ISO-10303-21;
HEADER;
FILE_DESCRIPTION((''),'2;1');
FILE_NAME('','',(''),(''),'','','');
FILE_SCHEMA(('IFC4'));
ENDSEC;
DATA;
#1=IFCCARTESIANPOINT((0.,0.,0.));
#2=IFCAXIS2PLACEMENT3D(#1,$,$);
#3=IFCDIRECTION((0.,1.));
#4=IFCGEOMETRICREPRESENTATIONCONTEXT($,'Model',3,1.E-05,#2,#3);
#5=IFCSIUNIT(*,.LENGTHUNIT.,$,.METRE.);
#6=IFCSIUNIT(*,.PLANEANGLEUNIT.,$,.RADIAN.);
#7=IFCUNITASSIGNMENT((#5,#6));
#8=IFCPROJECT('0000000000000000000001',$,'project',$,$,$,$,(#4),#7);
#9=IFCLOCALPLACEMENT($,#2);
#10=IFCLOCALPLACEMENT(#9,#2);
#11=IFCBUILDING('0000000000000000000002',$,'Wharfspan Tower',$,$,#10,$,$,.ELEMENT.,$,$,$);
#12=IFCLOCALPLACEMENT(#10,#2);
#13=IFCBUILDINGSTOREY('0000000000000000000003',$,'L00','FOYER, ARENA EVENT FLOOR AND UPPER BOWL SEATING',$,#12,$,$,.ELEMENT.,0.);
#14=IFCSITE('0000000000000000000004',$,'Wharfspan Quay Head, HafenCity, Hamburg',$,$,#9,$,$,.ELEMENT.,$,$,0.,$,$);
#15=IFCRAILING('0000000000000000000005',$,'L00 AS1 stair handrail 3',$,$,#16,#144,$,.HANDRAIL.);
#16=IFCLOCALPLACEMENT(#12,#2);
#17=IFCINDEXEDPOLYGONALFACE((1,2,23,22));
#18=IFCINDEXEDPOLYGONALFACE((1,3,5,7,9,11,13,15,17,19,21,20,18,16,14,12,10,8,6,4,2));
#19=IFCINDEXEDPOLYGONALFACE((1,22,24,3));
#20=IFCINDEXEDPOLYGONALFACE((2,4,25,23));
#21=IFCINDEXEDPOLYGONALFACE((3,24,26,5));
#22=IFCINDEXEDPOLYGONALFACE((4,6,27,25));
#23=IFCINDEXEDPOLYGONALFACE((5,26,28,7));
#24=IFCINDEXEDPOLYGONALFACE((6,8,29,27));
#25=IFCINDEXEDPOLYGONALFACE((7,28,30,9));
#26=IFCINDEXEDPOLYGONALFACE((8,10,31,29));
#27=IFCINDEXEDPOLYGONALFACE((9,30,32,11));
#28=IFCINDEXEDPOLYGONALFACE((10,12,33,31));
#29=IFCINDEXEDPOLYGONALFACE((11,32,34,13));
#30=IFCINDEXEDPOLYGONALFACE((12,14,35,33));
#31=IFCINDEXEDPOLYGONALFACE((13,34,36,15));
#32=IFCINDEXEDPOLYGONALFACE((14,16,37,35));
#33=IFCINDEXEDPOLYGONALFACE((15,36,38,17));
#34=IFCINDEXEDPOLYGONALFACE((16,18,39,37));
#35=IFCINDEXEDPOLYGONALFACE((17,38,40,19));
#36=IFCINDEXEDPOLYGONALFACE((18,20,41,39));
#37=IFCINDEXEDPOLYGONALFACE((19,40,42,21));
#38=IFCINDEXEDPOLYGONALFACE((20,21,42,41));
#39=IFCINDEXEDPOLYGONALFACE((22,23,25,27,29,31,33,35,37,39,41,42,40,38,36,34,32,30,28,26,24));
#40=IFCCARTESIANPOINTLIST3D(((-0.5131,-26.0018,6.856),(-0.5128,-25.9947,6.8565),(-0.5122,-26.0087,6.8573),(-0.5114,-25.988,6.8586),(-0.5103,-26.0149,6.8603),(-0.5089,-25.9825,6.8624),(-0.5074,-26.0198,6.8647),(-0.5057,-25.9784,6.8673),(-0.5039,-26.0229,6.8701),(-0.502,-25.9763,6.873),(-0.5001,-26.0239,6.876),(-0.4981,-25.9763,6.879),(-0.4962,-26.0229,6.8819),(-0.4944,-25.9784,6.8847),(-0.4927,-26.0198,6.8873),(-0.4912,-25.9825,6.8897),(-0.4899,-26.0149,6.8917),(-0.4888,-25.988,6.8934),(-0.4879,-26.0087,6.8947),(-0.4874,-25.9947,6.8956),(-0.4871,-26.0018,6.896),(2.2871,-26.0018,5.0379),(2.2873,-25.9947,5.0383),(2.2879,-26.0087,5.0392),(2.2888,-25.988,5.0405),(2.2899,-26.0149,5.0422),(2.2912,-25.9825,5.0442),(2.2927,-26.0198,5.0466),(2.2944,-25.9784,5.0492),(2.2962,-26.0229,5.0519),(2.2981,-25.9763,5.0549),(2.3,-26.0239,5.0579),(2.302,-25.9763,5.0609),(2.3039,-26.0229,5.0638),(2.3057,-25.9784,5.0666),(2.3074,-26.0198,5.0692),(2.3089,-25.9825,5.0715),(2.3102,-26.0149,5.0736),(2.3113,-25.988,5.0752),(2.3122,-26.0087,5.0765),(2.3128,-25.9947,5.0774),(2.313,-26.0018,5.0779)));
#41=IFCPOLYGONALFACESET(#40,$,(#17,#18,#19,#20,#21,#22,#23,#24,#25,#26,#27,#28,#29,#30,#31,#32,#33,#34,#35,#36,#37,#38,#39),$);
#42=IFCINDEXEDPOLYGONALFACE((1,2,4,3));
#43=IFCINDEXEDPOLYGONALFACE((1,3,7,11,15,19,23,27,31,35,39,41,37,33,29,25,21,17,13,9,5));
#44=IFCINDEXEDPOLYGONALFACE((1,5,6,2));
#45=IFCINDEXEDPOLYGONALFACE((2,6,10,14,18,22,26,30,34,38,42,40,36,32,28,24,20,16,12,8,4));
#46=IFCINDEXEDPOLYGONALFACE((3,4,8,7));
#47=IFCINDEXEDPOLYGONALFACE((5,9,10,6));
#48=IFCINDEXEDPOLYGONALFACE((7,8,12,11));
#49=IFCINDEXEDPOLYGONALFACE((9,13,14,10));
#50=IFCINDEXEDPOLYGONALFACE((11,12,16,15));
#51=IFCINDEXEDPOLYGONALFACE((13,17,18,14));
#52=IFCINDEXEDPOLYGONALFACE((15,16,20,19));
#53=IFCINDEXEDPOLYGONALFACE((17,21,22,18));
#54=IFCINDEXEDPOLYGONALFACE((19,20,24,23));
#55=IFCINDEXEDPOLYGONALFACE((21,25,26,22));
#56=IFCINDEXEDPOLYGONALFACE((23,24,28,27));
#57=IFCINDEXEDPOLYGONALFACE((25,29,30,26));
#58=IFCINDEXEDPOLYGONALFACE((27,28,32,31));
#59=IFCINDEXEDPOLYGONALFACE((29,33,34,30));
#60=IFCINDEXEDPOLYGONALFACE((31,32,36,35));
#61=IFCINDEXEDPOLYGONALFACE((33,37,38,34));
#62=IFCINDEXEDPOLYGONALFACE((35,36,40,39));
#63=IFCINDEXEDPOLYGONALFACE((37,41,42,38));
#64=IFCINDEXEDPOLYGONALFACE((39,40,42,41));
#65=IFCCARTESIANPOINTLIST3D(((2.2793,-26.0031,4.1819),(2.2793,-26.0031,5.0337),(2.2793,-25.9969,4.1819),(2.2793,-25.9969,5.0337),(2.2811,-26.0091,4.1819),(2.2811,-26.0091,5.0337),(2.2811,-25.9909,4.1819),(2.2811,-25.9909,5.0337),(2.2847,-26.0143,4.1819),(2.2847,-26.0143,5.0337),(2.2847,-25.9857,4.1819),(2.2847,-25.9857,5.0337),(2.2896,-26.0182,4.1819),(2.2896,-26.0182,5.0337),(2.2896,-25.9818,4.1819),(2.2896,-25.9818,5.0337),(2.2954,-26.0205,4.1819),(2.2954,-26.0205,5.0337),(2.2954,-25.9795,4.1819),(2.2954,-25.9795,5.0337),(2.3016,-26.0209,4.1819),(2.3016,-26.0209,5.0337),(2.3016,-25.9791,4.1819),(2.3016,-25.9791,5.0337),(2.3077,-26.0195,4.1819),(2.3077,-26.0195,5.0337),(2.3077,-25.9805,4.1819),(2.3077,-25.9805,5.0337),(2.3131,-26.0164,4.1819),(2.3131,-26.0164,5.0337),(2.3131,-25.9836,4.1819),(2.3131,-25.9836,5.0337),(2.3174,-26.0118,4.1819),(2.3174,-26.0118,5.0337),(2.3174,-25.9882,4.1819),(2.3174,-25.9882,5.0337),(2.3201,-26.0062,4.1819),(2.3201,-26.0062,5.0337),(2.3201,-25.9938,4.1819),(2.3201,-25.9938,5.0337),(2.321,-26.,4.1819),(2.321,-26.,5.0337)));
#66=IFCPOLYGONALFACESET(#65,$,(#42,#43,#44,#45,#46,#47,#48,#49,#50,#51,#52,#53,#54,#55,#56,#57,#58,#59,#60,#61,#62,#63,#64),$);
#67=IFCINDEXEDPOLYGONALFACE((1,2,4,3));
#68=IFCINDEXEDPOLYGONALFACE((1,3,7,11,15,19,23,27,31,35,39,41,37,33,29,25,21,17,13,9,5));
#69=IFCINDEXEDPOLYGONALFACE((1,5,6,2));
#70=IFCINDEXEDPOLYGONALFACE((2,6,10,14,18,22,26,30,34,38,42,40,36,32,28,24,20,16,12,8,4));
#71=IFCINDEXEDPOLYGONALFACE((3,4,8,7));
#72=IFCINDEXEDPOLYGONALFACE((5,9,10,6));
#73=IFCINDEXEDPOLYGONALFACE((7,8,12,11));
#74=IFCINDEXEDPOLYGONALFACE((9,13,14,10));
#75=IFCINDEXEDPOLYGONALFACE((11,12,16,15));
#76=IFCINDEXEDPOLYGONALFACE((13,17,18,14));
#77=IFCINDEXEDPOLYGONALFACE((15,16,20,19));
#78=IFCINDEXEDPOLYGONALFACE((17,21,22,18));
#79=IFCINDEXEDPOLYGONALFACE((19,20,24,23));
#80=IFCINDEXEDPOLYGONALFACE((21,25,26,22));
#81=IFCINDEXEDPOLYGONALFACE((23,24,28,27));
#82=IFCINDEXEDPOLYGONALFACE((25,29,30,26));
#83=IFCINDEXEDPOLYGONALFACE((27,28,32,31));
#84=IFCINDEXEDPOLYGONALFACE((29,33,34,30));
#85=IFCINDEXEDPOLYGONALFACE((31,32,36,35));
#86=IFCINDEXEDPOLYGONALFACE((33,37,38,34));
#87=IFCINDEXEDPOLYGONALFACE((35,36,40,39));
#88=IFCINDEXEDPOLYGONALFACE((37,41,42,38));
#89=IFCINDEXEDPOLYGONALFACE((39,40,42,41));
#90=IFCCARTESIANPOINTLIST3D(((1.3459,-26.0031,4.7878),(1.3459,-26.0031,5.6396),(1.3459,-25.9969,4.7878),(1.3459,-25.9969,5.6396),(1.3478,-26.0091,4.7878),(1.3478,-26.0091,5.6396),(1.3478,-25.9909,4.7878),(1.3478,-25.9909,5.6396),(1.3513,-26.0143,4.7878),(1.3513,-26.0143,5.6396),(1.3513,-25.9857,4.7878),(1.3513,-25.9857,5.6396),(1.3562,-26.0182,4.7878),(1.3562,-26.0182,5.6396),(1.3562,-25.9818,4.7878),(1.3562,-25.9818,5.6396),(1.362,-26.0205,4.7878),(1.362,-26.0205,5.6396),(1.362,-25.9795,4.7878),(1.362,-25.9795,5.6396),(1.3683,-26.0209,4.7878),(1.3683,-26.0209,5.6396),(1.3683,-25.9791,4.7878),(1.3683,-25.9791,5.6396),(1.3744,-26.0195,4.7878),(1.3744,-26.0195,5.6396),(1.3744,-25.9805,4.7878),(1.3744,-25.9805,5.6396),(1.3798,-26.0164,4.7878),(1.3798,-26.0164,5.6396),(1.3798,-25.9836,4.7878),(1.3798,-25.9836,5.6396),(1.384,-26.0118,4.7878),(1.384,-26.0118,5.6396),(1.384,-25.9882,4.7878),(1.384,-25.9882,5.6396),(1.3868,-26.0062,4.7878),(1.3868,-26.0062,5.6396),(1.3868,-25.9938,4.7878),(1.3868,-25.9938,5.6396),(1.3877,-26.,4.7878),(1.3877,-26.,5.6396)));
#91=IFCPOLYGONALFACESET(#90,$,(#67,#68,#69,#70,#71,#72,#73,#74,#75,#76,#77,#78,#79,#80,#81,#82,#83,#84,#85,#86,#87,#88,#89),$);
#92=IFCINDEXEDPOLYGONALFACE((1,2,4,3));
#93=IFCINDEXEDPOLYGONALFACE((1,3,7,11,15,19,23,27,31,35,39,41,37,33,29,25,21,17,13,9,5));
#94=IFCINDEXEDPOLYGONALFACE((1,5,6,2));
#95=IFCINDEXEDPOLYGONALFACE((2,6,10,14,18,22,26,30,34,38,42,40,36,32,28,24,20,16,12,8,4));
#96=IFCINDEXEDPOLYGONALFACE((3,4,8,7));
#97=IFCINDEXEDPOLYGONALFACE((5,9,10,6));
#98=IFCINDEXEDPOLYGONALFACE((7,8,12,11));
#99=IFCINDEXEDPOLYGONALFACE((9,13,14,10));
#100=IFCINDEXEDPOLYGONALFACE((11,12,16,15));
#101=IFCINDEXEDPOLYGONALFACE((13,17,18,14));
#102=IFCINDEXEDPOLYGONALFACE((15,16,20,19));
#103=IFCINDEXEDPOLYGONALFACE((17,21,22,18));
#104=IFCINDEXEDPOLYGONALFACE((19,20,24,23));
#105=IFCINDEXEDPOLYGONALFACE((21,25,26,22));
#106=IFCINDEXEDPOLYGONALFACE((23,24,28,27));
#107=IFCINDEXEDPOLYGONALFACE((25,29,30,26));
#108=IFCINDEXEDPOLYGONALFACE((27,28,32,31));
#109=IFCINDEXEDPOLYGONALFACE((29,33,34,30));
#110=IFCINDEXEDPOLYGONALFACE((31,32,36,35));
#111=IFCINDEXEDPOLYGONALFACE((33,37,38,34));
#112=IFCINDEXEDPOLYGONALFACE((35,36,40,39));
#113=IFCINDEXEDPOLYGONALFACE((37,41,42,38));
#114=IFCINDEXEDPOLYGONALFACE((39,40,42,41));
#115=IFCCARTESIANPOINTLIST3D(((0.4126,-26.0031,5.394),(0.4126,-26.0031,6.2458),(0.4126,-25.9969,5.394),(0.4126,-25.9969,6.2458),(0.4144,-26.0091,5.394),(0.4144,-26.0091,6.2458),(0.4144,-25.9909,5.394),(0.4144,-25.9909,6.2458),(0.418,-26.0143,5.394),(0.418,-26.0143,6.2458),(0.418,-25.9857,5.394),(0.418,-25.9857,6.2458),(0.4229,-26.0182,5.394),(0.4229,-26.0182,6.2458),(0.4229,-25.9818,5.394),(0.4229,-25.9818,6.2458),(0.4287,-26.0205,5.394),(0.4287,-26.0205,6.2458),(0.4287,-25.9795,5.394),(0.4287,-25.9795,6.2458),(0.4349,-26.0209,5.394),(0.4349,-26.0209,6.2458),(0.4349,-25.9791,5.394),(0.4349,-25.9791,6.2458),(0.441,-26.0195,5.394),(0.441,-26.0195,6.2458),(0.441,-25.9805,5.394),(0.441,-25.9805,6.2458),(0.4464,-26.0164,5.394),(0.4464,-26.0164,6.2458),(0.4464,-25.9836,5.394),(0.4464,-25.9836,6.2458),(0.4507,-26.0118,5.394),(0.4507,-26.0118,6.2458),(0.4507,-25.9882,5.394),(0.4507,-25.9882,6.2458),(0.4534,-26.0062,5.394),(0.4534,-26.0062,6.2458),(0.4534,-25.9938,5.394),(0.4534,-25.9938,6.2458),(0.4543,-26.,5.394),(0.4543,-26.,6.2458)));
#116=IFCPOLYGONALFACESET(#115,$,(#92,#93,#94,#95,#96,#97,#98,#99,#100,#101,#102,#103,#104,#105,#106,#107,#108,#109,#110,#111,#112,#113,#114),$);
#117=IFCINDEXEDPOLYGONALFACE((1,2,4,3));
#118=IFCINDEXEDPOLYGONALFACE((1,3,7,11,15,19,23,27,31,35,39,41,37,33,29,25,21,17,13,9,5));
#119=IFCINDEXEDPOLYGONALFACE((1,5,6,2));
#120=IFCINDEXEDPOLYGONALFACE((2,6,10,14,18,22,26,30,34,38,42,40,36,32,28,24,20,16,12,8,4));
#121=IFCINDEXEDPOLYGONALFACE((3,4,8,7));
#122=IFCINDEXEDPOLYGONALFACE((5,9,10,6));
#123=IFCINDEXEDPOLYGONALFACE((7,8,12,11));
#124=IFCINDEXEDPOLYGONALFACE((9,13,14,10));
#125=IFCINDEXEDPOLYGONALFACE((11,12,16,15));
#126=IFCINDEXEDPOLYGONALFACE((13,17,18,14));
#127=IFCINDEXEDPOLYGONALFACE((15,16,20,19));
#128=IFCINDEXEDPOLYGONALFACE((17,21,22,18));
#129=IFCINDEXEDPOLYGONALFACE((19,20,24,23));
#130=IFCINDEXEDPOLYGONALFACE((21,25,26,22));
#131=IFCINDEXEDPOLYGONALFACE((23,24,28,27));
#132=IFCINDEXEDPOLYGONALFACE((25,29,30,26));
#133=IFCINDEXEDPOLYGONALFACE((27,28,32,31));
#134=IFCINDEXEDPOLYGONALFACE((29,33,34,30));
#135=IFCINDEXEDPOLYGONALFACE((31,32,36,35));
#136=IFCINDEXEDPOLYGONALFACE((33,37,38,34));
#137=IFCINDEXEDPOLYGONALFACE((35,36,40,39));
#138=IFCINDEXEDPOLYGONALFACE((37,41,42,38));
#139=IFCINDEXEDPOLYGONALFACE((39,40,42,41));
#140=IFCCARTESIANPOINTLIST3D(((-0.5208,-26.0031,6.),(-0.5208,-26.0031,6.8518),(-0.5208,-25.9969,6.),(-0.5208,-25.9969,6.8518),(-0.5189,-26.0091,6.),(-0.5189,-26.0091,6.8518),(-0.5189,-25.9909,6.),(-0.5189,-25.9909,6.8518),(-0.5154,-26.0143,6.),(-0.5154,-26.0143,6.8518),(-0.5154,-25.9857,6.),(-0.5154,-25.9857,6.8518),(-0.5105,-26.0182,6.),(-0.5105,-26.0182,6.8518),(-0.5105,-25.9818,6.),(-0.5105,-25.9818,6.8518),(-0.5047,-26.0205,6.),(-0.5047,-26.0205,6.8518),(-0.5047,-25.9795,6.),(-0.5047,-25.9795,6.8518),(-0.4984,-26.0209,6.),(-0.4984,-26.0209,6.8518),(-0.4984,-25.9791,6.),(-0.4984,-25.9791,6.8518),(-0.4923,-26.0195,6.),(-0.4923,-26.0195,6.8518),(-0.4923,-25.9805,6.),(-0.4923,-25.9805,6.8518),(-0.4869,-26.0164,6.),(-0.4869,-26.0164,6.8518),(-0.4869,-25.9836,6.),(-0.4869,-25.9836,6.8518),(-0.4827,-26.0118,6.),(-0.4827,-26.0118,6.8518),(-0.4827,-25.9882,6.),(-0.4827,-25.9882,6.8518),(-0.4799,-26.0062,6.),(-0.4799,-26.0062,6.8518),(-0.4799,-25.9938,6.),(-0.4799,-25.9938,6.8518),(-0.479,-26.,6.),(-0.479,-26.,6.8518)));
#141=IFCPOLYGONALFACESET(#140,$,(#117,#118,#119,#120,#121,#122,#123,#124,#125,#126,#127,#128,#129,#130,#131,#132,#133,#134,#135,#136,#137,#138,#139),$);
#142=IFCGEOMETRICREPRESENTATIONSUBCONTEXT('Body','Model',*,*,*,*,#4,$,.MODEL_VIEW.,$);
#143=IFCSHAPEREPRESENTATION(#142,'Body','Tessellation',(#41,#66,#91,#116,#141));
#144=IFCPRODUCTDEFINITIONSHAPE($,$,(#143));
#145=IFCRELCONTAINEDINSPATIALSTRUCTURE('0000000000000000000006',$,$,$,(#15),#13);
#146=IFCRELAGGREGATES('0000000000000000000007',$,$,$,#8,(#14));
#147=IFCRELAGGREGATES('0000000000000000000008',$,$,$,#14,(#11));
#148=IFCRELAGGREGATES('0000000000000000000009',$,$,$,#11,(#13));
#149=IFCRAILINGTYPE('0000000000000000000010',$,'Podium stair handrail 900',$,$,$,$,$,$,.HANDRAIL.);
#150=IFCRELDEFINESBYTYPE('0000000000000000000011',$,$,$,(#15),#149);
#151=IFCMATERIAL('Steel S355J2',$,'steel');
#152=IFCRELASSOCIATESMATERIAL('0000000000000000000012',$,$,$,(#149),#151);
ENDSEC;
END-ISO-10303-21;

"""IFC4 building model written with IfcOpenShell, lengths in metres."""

from ifc_helpers import new_model, si_unit, direction, frame, origin, origin_2d, place, context, subcontext, project, spatial, circle, extrude, material, type_object, element, save


model = new_model("IFC4")

# Units and contexts
model_context = context("Model", 3, precision=1e-05, world=origin(), true_north=direction((0.0, 1.0)))
body_context = subcontext(model_context, "Body", "Model", "MODEL_VIEW")
ifc_project = project(units=[si_unit("LENGTHUNIT", "METRE"), si_unit("PLANEANGLEUNIT", "RADIAN")], contexts=[model_context])

# Site, building, storey
site_placement = place(None, origin())
site = spatial("IfcSite", under=ifc_project, at=site_placement, Name="Wharfspan Quay Head, HafenCity, Hamburg", CompositionType="ELEMENT", RefElevation=0.0)
building_placement = place(site_placement, origin())
building = spatial("IfcBuilding", under=site, at=building_placement, Name="Wharfspan Tower", CompositionType="ELEMENT")
storey_placement = place(building_placement, origin())
storey = spatial("IfcBuildingStorey", under=building, at=storey_placement, Name="L00", Description="FOYER, ARENA EVENT FLOOR AND UPPER BOWL SEATING", CompositionType="ELEMENT", Elevation=0.0)

# Shared definitions
ifc_material_1 = material(Name="Steel S355J2", Category="steel")

# Railing
railing_type_1 = type_object("IfcRailingType", Name="Podium stair handrail 900", PredefinedType="HANDRAIL", material=ifc_material_1)
for number, where, name in (
    (1, (2.3, -26.0, 4.1819), "L00 AS1 stair handrail 3"),
):
    element("IfcRailing", number, at=place(storey_placement, frame(where)), inside=storey, type_object=railing_type_1, Name=name, PredefinedType="HANDRAIL", context=body_context, shape_type="SweptSolid", body=[
        extrude(circle(Radius=0.0239, at=origin_2d()), frame((0.0, 0.0, 0.876), z_axis=(-0.838706, 0.0, 0.544585), x_axis=(0.0, -1.0, 0.0)), (0.0, 0.0, 1.0), 3.3386),
        extrude(circle(Radius=0.021, at=origin_2d()), origin(), (0.0, 0.0, 1.0), 0.8518),
        extrude(circle(Radius=0.021, at=origin_2d()), frame((-0.9334, 0.0, 0.606)), (0.0, 0.0, 1.0), 0.8518),
        extrude(circle(Radius=0.021, at=origin_2d()), frame((-1.8667, 0.0, 1.2122)), (0.0, 0.0, 1.0), 0.8518),
        extrude(circle(Radius=0.021, at=origin_2d()), frame((-2.8, 0.0, 1.8181)), (0.0, 0.0, 1.0), 0.8518),
    ])

save(model, "model.ifc")
